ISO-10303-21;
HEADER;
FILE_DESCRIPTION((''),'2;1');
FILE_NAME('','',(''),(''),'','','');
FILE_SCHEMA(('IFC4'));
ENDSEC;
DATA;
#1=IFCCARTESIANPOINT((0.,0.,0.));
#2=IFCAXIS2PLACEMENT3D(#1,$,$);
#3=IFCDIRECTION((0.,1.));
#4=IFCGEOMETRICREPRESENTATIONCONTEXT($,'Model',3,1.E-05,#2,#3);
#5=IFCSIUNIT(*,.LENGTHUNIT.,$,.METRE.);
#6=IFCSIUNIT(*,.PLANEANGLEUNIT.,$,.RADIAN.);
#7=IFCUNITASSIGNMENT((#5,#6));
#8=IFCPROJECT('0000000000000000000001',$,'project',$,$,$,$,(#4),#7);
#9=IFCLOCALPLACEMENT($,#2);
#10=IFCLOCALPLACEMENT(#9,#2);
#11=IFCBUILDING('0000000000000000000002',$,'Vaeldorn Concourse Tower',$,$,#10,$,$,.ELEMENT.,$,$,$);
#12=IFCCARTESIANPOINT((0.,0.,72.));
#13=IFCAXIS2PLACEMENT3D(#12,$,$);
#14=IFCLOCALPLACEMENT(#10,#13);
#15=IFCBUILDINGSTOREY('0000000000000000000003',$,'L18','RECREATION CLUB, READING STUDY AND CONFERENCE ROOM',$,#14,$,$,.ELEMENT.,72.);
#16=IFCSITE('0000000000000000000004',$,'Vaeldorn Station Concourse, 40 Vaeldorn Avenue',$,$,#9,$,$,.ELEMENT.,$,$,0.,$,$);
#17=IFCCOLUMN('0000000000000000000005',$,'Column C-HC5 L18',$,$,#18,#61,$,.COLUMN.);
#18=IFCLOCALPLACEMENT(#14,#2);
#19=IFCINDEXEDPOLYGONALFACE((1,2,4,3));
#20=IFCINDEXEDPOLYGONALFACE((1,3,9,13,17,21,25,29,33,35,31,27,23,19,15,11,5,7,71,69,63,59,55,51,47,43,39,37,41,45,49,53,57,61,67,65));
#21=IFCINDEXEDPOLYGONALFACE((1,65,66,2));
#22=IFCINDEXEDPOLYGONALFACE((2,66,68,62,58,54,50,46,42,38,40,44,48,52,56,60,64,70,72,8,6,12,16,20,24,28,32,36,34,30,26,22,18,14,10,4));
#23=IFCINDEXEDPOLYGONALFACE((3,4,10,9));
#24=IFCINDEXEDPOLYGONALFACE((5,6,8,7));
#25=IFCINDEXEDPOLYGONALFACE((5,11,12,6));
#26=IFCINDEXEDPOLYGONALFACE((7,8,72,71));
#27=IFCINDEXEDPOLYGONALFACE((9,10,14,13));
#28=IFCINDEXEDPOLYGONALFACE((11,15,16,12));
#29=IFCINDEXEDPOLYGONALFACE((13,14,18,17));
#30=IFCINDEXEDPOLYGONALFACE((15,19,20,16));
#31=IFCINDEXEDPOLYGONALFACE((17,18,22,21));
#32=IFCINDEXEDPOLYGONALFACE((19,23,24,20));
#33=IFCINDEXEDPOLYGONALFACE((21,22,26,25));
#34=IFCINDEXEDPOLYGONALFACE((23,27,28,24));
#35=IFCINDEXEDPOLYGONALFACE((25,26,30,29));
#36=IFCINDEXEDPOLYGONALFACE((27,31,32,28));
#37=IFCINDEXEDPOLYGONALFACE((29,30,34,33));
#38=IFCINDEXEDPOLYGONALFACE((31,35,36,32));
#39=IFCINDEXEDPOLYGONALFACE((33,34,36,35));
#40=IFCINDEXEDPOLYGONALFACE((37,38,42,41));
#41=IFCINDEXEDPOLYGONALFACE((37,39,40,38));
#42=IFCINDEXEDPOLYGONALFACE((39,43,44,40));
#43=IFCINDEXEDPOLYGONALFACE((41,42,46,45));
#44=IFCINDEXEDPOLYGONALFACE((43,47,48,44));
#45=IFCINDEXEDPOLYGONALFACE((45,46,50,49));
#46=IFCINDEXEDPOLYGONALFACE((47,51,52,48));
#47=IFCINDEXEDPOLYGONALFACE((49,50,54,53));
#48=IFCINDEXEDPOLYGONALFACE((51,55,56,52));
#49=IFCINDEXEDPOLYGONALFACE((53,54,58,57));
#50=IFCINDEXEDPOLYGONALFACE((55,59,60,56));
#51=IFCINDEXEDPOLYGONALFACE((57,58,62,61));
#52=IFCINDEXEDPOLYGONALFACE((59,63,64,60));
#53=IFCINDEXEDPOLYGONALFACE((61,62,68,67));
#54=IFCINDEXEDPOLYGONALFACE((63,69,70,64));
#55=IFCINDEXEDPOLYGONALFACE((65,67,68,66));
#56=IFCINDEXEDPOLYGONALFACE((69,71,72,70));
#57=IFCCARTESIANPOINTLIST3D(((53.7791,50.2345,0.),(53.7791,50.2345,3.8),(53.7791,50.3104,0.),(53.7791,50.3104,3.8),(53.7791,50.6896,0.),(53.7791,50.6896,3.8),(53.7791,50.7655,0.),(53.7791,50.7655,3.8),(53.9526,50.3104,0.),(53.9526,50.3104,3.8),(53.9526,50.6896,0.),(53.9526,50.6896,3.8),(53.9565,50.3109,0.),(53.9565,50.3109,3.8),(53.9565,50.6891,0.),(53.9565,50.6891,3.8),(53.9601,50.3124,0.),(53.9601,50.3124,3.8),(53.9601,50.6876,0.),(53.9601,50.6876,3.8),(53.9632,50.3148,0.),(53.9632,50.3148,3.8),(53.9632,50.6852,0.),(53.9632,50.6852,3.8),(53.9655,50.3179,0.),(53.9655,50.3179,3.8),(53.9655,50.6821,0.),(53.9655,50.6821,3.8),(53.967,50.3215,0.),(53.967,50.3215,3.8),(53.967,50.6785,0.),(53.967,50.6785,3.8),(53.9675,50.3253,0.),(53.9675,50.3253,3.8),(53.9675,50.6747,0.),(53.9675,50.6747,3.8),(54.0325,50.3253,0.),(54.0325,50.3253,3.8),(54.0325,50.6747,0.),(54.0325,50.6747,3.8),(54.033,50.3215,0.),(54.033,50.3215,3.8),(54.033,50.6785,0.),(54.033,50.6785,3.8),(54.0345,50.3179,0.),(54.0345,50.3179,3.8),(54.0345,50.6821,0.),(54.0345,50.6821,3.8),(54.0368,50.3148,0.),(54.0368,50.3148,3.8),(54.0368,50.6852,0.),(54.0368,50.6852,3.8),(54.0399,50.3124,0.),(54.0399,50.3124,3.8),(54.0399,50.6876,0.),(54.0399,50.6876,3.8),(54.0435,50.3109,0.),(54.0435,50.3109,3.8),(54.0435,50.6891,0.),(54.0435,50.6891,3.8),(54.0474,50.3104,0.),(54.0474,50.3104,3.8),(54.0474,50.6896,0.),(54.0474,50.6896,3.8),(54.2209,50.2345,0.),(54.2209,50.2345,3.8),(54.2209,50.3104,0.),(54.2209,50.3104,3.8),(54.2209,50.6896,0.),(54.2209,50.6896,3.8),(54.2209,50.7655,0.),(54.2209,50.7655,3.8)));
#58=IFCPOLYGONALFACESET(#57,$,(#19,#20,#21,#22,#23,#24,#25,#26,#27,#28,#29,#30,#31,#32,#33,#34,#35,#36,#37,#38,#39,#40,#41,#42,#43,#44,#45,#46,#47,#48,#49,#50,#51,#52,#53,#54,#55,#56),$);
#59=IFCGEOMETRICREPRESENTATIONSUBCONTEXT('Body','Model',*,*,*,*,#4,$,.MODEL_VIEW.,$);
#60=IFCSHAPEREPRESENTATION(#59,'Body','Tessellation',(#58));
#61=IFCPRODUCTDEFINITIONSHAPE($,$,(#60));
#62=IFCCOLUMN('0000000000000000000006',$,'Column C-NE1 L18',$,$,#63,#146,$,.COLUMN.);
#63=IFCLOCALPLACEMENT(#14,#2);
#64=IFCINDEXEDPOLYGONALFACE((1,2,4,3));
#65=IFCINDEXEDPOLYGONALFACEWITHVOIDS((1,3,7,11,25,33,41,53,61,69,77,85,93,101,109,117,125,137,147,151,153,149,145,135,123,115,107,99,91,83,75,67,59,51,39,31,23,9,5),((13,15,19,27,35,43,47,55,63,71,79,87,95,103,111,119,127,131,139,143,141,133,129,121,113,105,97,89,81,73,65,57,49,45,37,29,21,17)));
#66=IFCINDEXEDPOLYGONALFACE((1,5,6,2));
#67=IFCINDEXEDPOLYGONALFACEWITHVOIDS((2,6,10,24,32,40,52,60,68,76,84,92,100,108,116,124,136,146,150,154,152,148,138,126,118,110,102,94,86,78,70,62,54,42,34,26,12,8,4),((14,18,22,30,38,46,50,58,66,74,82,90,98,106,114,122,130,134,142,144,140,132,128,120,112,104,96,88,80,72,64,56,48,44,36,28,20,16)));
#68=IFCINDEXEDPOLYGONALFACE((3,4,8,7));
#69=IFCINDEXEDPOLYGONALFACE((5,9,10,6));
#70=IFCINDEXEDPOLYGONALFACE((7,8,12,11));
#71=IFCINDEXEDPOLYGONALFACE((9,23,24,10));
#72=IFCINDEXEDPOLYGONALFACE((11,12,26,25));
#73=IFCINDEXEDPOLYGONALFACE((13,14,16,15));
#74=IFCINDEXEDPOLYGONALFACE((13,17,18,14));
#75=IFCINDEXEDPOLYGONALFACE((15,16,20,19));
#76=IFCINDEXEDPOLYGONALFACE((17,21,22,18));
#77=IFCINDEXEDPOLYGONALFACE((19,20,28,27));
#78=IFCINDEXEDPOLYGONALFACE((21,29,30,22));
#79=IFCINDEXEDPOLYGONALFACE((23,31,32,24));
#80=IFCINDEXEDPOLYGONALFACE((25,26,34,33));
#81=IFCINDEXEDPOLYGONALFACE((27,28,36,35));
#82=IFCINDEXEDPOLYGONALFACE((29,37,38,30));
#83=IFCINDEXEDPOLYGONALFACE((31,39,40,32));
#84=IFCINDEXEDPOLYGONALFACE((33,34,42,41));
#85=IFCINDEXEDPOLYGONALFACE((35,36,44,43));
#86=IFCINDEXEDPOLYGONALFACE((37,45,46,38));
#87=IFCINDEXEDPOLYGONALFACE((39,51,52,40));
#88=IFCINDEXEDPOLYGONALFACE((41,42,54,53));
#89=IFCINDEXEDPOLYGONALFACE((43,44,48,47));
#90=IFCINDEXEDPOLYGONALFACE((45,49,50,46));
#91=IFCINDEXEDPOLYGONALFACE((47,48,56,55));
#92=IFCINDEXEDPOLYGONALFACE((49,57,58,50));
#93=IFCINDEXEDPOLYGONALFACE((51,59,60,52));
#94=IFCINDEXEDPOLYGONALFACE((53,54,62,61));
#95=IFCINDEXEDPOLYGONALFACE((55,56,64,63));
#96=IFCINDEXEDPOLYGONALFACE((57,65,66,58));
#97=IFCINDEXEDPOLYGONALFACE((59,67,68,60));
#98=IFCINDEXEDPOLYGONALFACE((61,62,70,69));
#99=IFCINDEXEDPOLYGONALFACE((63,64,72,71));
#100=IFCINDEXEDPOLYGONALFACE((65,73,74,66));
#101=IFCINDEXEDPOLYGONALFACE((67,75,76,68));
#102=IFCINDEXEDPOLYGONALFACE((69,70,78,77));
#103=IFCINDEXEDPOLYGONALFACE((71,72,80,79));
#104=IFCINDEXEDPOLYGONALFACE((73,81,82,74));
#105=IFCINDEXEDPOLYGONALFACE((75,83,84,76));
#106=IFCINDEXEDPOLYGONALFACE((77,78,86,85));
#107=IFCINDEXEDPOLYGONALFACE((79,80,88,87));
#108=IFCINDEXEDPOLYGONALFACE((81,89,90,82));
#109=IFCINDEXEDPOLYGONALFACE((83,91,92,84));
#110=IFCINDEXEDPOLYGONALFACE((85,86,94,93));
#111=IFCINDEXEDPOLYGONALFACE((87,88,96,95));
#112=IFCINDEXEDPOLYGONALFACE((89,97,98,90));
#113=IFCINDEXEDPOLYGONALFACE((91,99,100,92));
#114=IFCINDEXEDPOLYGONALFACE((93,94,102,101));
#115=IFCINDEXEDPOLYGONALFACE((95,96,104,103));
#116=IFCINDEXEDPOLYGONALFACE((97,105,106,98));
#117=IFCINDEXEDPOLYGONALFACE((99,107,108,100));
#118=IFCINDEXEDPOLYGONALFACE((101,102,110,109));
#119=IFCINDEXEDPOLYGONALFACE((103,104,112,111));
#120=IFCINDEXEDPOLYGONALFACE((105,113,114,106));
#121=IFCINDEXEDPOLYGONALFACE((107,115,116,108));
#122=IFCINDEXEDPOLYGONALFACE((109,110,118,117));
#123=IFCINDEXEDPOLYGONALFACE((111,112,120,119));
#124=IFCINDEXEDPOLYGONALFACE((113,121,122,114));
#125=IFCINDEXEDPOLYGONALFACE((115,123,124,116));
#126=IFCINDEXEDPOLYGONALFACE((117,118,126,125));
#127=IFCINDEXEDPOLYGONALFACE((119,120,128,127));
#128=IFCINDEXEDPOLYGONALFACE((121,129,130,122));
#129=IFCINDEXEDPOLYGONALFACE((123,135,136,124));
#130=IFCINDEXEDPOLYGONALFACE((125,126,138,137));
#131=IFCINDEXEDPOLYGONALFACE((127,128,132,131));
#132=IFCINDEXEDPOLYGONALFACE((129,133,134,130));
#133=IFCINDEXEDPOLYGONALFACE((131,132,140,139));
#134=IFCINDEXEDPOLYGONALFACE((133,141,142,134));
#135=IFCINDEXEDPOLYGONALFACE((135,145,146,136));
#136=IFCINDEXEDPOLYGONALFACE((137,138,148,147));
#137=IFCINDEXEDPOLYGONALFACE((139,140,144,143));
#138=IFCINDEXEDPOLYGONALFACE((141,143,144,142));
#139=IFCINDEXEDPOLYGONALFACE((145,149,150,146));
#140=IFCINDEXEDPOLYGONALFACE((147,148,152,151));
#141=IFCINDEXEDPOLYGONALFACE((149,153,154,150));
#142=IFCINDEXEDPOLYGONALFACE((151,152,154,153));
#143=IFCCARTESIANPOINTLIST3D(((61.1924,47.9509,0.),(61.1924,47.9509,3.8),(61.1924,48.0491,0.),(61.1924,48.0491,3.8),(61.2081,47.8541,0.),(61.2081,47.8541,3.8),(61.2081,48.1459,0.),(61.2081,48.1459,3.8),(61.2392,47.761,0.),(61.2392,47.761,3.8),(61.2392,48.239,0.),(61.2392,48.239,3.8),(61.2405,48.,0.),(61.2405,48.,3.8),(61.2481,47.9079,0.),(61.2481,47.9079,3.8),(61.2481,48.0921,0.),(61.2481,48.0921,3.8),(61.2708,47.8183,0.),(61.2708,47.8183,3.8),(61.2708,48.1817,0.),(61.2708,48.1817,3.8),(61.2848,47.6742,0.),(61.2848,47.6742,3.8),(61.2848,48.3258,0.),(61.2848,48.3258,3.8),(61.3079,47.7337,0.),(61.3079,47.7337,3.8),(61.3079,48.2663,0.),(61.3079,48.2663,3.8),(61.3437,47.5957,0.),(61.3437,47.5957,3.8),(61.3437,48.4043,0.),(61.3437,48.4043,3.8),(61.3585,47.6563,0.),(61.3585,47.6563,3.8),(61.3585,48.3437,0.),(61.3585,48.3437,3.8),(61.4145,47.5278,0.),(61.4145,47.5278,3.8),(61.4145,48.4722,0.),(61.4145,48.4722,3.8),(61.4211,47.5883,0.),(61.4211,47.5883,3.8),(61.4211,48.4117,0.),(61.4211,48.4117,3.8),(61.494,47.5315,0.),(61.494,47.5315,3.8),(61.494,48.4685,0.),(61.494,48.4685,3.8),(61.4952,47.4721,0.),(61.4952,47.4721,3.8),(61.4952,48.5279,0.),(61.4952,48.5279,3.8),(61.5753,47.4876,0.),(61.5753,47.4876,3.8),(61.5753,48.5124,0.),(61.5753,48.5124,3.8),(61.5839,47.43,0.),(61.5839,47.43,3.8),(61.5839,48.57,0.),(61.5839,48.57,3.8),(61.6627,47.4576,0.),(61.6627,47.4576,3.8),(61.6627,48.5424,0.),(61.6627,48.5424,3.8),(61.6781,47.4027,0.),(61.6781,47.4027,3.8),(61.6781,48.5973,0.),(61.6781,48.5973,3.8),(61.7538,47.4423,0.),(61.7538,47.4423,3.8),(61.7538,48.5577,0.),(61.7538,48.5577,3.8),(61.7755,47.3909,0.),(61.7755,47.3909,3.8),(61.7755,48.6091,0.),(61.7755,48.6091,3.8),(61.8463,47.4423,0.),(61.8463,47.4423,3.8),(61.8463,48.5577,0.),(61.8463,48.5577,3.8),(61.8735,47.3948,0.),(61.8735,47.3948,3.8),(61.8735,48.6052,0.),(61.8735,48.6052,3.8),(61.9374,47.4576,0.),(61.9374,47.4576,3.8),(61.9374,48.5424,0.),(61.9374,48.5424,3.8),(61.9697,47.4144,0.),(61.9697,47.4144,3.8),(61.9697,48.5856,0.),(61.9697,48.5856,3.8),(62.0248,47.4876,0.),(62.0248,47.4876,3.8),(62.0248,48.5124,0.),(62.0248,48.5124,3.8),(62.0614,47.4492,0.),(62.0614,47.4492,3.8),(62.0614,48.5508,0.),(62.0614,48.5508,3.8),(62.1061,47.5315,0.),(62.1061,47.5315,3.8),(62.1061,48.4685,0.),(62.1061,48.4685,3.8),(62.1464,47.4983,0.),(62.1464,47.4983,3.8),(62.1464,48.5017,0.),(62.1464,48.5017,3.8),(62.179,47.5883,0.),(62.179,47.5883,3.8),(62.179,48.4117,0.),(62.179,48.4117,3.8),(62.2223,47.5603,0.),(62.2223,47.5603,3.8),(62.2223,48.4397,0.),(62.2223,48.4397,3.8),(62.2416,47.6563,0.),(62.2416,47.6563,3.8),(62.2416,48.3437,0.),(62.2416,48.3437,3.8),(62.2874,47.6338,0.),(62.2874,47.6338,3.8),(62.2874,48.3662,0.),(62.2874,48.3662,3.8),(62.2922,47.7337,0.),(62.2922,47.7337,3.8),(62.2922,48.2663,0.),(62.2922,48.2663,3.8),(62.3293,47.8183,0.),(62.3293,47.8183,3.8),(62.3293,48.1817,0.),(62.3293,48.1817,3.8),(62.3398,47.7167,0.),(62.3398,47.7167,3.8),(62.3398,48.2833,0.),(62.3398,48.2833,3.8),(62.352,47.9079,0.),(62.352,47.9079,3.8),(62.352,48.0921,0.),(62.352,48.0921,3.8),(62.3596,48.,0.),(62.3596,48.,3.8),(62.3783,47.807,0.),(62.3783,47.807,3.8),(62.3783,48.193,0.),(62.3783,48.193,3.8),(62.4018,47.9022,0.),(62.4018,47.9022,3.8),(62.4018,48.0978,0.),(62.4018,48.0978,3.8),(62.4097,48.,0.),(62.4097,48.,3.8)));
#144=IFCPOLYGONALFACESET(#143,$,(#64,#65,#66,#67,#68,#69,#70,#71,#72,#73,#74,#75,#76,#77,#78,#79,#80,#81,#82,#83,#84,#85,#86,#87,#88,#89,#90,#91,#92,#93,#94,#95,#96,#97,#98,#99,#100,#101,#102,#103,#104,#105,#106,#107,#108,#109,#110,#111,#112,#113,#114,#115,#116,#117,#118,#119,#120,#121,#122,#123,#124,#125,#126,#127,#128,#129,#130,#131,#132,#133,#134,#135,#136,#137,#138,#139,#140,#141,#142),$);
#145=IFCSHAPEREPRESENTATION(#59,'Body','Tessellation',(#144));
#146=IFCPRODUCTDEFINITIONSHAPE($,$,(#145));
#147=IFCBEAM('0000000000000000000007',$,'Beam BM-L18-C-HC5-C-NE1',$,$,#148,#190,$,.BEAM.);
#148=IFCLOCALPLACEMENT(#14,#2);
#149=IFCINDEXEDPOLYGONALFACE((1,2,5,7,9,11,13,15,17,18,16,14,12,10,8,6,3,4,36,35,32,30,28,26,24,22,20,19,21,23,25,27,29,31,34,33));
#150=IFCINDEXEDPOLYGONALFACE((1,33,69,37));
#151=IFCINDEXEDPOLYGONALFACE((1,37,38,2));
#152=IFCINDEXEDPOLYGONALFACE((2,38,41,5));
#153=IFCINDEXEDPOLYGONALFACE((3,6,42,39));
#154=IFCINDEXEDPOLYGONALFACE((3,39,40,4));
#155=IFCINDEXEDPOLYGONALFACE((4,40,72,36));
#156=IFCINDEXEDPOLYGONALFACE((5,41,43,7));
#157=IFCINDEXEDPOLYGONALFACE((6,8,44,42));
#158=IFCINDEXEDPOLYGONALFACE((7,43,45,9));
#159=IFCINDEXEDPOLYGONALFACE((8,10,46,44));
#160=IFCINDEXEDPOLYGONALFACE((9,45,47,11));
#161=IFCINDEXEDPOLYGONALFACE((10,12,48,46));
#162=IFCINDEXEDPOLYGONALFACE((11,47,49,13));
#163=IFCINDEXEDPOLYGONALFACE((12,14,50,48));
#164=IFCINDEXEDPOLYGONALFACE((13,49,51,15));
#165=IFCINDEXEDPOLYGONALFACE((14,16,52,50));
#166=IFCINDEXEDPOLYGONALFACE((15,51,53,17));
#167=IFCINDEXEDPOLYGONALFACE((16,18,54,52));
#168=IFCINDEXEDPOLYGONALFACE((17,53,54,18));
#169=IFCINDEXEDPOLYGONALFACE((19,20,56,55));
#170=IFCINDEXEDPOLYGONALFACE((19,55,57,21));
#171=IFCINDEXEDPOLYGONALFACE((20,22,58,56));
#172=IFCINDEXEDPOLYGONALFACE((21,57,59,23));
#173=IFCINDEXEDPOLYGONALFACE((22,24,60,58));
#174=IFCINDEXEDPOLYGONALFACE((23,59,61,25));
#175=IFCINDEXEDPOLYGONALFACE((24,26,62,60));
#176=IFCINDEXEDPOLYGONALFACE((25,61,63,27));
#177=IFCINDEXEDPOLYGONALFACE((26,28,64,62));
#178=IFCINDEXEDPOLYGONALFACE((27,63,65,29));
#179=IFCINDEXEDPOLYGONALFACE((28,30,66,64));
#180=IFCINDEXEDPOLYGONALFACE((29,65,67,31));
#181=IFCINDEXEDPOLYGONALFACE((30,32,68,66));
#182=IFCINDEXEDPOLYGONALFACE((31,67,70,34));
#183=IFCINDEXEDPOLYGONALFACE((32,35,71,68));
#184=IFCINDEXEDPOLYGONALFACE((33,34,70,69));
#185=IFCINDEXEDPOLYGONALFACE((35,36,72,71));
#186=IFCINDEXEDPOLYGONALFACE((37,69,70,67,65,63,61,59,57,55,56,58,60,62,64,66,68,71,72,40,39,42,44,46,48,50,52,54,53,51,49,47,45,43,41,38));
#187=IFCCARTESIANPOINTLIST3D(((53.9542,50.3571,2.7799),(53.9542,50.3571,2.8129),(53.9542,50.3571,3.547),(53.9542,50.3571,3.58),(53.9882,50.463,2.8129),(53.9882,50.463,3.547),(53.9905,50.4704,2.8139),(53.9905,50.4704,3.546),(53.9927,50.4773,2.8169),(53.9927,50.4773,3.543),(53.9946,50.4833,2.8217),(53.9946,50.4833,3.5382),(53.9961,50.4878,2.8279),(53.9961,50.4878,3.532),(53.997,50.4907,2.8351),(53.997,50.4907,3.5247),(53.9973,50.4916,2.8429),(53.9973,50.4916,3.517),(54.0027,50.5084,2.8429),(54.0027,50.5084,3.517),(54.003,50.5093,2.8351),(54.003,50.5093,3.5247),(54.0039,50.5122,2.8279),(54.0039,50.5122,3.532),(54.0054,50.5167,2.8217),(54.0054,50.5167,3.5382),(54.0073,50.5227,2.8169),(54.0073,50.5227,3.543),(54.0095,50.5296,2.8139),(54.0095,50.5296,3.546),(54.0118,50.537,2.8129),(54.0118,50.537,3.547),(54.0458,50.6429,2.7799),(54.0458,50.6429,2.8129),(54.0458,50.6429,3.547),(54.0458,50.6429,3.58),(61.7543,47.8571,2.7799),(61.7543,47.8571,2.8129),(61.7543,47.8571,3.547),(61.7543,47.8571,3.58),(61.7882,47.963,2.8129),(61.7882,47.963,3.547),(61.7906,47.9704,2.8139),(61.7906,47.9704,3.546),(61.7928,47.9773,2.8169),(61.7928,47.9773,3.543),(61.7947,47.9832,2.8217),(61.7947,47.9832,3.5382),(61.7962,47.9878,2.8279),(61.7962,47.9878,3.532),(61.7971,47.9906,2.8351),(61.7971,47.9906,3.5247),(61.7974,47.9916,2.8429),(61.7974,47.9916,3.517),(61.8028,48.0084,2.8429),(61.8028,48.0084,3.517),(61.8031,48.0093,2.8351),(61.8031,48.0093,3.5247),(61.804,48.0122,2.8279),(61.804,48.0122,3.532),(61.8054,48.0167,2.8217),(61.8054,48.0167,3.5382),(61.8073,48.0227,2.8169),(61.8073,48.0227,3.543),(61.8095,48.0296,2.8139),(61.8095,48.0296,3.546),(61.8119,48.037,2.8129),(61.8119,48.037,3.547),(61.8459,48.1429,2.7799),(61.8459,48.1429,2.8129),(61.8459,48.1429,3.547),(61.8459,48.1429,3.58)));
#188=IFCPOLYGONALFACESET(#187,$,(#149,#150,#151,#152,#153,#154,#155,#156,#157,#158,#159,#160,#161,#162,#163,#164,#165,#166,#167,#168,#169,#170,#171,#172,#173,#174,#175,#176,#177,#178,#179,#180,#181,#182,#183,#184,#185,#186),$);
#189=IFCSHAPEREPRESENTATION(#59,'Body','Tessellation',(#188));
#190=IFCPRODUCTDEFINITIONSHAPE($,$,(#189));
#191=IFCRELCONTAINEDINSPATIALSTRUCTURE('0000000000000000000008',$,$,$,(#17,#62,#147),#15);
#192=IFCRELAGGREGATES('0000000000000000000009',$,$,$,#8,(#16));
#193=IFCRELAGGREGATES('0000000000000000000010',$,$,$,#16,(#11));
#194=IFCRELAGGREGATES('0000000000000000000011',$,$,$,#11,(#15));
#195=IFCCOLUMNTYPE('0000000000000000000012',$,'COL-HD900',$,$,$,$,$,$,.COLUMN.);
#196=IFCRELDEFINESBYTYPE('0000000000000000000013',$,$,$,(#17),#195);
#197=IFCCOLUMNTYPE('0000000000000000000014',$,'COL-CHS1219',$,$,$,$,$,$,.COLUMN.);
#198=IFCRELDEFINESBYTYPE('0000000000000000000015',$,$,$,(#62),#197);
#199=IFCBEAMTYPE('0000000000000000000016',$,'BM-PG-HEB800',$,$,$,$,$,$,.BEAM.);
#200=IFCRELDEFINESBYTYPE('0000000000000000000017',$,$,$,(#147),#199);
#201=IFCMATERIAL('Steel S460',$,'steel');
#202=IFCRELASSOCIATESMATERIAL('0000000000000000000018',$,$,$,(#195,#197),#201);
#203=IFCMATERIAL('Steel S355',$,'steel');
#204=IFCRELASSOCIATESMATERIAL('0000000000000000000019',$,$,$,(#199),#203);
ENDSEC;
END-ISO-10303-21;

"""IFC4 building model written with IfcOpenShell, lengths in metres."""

from ifc_helpers import new_model, si_unit, direction, frame, origin, origin_2d, place, context, subcontext, project, spatial, hollow_circle, i_section, extrude, source, transform, mapped, material, material_profile, profile_set, type_object, element, save


model = new_model("IFC4")

# Units and contexts
model_context = context("Model", 3, precision=1e-05, world=origin(), true_north=direction((0.0, 1.0)))
body_context = subcontext(model_context, "Body", "Model", "MODEL_VIEW")
ifc_project = project(units=[si_unit("LENGTHUNIT", "METRE"), si_unit("PLANEANGLEUNIT", "RADIAN")], contexts=[model_context])

# Site, building, storey
site_placement = place(None, origin())
site = spatial("IfcSite", under=ifc_project, at=site_placement, Name="Vaeldorn Station Concourse, 40 Vaeldorn Avenue", CompositionType="ELEMENT", RefElevation=0.0)
building_placement = place(site_placement, origin())
building = spatial("IfcBuilding", under=site, at=building_placement, Name="Vaeldorn Concourse Tower", CompositionType="ELEMENT")
storey_placement = place(building_placement, frame((0.0, 0.0, 72.0)))
storey = spatial("IfcBuildingStorey", under=building, at=storey_placement, Name="L18", Description="RECREATION CLUB, READING STUDY AND CONFERENCE ROOM", CompositionType="ELEMENT", Elevation=72.0)

# Columns
ifc_material_1 = material(Name="Steel S460", Category="steel")
ifc_material_profile_1 = material_profile(ifc_material_1, i_section(OverallWidth=0.4419, OverallDepth=0.531, WebThickness=0.0649, FlangeThickness=0.0759, FilletRadius=0.0149, at=origin_2d()), Name="HD 400x900")
ifc_profile_set_1 = profile_set([ifc_material_profile_1], Name="Steel S460")
column_type_1 = type_object("IfcColumnType", Name="COL-HD900", PredefinedType="COLUMN", material=ifc_profile_set_1)
shared_shape_1 = source(origin(), body_context, "Body", "SweptSolid", [
    extrude(i_section(OverallWidth=0.4419, OverallDepth=0.531, WebThickness=0.0649, FlangeThickness=0.0759, FilletRadius=0.0149, at=origin_2d()), origin(), (0.0, 0.0, 1.0), 3.8),
])
column_1_placement = place(storey_placement, frame((54.0, 50.5, 0.0), z_axis=(0.0, 0.0, 1.0), x_axis=(1.0, 0.0, 0.0)))
element("IfcColumn", 1, at=column_1_placement, inside=storey, type_object=column_type_1, Name="Column C-HC5 L18", PredefinedType="COLUMN", context=body_context, shape_type="MappedRepresentation", body=[
    mapped(shared_shape_1, transform((0.0, 0.0, 0.0), scale=1.0)),
])
ifc_material_profile_2 = material_profile(ifc_material_1, hollow_circle(Radius=0.6096, WallThickness=0.05, at=origin_2d()), Name="CHS 1219x50")
ifc_profile_set_2 = profile_set([ifc_material_profile_2], Name="Steel S460")
column_type_2 = type_object("IfcColumnType", Name="COL-CHS1219", PredefinedType="COLUMN", material=ifc_profile_set_2)
shared_shape_2 = source(origin(), body_context, "Body", "SweptSolid", [
    extrude(hollow_circle(Radius=0.6096, WallThickness=0.05, at=origin_2d()), origin(), (0.0, 0.0, 1.0), 3.8),
])
column_2_placement = place(storey_placement, frame((61.8, 48.0, 0.0), z_axis=(0.0, 0.0, 1.0), x_axis=(1.0, 0.0, 0.0)))
element("IfcColumn", 2, at=column_2_placement, inside=storey, type_object=column_type_2, Name="Column C-NE1 L18", PredefinedType="COLUMN", context=body_context, shape_type="MappedRepresentation", body=[
    mapped(shared_shape_2, transform((0.0, 0.0, 0.0), scale=1.0)),
])

# Beam
ifc_material_2 = material(Name="Steel S355", Category="steel")
ifc_material_profile_3 = material_profile(ifc_material_2, i_section(OverallWidth=0.3, OverallDepth=0.8, WebThickness=0.0176, FlangeThickness=0.033, FilletRadius=0.03, at=origin_2d()), Name="HEB 800")
ifc_profile_set_3 = profile_set([ifc_material_profile_3], Name="Steel S355")
beam_type_1 = type_object("IfcBeamType", Name="BM-PG-HEB800", PredefinedType="BEAM", material=ifc_profile_set_3)
shared_shape_3 = source(origin(), body_context, "Body", "SweptSolid", [
    extrude(i_section(OverallWidth=0.3, OverallDepth=0.8, WebThickness=0.0176, FlangeThickness=0.033, FilletRadius=0.03, at=origin_2d()), origin(), (0.0, 0.0, 1.0), 8.1909),
])
beam_1_placement = place(storey_placement, frame((54.0, 50.5, 3.1799), z_axis=(0.952283, -0.305217, 0.0), x_axis=(0.305217, 0.952283, 0.0)))
element("IfcBeam", 3, at=beam_1_placement, inside=storey, type_object=beam_type_1, Name="Beam BM-L18-C-HC5-C-NE1", PredefinedType="BEAM", context=body_context, shape_type="MappedRepresentation", body=[
    mapped(shared_shape_3, transform((0.0, 0.0, 0.0), scale=1.0)),
])

save(model, "model.ifc")
